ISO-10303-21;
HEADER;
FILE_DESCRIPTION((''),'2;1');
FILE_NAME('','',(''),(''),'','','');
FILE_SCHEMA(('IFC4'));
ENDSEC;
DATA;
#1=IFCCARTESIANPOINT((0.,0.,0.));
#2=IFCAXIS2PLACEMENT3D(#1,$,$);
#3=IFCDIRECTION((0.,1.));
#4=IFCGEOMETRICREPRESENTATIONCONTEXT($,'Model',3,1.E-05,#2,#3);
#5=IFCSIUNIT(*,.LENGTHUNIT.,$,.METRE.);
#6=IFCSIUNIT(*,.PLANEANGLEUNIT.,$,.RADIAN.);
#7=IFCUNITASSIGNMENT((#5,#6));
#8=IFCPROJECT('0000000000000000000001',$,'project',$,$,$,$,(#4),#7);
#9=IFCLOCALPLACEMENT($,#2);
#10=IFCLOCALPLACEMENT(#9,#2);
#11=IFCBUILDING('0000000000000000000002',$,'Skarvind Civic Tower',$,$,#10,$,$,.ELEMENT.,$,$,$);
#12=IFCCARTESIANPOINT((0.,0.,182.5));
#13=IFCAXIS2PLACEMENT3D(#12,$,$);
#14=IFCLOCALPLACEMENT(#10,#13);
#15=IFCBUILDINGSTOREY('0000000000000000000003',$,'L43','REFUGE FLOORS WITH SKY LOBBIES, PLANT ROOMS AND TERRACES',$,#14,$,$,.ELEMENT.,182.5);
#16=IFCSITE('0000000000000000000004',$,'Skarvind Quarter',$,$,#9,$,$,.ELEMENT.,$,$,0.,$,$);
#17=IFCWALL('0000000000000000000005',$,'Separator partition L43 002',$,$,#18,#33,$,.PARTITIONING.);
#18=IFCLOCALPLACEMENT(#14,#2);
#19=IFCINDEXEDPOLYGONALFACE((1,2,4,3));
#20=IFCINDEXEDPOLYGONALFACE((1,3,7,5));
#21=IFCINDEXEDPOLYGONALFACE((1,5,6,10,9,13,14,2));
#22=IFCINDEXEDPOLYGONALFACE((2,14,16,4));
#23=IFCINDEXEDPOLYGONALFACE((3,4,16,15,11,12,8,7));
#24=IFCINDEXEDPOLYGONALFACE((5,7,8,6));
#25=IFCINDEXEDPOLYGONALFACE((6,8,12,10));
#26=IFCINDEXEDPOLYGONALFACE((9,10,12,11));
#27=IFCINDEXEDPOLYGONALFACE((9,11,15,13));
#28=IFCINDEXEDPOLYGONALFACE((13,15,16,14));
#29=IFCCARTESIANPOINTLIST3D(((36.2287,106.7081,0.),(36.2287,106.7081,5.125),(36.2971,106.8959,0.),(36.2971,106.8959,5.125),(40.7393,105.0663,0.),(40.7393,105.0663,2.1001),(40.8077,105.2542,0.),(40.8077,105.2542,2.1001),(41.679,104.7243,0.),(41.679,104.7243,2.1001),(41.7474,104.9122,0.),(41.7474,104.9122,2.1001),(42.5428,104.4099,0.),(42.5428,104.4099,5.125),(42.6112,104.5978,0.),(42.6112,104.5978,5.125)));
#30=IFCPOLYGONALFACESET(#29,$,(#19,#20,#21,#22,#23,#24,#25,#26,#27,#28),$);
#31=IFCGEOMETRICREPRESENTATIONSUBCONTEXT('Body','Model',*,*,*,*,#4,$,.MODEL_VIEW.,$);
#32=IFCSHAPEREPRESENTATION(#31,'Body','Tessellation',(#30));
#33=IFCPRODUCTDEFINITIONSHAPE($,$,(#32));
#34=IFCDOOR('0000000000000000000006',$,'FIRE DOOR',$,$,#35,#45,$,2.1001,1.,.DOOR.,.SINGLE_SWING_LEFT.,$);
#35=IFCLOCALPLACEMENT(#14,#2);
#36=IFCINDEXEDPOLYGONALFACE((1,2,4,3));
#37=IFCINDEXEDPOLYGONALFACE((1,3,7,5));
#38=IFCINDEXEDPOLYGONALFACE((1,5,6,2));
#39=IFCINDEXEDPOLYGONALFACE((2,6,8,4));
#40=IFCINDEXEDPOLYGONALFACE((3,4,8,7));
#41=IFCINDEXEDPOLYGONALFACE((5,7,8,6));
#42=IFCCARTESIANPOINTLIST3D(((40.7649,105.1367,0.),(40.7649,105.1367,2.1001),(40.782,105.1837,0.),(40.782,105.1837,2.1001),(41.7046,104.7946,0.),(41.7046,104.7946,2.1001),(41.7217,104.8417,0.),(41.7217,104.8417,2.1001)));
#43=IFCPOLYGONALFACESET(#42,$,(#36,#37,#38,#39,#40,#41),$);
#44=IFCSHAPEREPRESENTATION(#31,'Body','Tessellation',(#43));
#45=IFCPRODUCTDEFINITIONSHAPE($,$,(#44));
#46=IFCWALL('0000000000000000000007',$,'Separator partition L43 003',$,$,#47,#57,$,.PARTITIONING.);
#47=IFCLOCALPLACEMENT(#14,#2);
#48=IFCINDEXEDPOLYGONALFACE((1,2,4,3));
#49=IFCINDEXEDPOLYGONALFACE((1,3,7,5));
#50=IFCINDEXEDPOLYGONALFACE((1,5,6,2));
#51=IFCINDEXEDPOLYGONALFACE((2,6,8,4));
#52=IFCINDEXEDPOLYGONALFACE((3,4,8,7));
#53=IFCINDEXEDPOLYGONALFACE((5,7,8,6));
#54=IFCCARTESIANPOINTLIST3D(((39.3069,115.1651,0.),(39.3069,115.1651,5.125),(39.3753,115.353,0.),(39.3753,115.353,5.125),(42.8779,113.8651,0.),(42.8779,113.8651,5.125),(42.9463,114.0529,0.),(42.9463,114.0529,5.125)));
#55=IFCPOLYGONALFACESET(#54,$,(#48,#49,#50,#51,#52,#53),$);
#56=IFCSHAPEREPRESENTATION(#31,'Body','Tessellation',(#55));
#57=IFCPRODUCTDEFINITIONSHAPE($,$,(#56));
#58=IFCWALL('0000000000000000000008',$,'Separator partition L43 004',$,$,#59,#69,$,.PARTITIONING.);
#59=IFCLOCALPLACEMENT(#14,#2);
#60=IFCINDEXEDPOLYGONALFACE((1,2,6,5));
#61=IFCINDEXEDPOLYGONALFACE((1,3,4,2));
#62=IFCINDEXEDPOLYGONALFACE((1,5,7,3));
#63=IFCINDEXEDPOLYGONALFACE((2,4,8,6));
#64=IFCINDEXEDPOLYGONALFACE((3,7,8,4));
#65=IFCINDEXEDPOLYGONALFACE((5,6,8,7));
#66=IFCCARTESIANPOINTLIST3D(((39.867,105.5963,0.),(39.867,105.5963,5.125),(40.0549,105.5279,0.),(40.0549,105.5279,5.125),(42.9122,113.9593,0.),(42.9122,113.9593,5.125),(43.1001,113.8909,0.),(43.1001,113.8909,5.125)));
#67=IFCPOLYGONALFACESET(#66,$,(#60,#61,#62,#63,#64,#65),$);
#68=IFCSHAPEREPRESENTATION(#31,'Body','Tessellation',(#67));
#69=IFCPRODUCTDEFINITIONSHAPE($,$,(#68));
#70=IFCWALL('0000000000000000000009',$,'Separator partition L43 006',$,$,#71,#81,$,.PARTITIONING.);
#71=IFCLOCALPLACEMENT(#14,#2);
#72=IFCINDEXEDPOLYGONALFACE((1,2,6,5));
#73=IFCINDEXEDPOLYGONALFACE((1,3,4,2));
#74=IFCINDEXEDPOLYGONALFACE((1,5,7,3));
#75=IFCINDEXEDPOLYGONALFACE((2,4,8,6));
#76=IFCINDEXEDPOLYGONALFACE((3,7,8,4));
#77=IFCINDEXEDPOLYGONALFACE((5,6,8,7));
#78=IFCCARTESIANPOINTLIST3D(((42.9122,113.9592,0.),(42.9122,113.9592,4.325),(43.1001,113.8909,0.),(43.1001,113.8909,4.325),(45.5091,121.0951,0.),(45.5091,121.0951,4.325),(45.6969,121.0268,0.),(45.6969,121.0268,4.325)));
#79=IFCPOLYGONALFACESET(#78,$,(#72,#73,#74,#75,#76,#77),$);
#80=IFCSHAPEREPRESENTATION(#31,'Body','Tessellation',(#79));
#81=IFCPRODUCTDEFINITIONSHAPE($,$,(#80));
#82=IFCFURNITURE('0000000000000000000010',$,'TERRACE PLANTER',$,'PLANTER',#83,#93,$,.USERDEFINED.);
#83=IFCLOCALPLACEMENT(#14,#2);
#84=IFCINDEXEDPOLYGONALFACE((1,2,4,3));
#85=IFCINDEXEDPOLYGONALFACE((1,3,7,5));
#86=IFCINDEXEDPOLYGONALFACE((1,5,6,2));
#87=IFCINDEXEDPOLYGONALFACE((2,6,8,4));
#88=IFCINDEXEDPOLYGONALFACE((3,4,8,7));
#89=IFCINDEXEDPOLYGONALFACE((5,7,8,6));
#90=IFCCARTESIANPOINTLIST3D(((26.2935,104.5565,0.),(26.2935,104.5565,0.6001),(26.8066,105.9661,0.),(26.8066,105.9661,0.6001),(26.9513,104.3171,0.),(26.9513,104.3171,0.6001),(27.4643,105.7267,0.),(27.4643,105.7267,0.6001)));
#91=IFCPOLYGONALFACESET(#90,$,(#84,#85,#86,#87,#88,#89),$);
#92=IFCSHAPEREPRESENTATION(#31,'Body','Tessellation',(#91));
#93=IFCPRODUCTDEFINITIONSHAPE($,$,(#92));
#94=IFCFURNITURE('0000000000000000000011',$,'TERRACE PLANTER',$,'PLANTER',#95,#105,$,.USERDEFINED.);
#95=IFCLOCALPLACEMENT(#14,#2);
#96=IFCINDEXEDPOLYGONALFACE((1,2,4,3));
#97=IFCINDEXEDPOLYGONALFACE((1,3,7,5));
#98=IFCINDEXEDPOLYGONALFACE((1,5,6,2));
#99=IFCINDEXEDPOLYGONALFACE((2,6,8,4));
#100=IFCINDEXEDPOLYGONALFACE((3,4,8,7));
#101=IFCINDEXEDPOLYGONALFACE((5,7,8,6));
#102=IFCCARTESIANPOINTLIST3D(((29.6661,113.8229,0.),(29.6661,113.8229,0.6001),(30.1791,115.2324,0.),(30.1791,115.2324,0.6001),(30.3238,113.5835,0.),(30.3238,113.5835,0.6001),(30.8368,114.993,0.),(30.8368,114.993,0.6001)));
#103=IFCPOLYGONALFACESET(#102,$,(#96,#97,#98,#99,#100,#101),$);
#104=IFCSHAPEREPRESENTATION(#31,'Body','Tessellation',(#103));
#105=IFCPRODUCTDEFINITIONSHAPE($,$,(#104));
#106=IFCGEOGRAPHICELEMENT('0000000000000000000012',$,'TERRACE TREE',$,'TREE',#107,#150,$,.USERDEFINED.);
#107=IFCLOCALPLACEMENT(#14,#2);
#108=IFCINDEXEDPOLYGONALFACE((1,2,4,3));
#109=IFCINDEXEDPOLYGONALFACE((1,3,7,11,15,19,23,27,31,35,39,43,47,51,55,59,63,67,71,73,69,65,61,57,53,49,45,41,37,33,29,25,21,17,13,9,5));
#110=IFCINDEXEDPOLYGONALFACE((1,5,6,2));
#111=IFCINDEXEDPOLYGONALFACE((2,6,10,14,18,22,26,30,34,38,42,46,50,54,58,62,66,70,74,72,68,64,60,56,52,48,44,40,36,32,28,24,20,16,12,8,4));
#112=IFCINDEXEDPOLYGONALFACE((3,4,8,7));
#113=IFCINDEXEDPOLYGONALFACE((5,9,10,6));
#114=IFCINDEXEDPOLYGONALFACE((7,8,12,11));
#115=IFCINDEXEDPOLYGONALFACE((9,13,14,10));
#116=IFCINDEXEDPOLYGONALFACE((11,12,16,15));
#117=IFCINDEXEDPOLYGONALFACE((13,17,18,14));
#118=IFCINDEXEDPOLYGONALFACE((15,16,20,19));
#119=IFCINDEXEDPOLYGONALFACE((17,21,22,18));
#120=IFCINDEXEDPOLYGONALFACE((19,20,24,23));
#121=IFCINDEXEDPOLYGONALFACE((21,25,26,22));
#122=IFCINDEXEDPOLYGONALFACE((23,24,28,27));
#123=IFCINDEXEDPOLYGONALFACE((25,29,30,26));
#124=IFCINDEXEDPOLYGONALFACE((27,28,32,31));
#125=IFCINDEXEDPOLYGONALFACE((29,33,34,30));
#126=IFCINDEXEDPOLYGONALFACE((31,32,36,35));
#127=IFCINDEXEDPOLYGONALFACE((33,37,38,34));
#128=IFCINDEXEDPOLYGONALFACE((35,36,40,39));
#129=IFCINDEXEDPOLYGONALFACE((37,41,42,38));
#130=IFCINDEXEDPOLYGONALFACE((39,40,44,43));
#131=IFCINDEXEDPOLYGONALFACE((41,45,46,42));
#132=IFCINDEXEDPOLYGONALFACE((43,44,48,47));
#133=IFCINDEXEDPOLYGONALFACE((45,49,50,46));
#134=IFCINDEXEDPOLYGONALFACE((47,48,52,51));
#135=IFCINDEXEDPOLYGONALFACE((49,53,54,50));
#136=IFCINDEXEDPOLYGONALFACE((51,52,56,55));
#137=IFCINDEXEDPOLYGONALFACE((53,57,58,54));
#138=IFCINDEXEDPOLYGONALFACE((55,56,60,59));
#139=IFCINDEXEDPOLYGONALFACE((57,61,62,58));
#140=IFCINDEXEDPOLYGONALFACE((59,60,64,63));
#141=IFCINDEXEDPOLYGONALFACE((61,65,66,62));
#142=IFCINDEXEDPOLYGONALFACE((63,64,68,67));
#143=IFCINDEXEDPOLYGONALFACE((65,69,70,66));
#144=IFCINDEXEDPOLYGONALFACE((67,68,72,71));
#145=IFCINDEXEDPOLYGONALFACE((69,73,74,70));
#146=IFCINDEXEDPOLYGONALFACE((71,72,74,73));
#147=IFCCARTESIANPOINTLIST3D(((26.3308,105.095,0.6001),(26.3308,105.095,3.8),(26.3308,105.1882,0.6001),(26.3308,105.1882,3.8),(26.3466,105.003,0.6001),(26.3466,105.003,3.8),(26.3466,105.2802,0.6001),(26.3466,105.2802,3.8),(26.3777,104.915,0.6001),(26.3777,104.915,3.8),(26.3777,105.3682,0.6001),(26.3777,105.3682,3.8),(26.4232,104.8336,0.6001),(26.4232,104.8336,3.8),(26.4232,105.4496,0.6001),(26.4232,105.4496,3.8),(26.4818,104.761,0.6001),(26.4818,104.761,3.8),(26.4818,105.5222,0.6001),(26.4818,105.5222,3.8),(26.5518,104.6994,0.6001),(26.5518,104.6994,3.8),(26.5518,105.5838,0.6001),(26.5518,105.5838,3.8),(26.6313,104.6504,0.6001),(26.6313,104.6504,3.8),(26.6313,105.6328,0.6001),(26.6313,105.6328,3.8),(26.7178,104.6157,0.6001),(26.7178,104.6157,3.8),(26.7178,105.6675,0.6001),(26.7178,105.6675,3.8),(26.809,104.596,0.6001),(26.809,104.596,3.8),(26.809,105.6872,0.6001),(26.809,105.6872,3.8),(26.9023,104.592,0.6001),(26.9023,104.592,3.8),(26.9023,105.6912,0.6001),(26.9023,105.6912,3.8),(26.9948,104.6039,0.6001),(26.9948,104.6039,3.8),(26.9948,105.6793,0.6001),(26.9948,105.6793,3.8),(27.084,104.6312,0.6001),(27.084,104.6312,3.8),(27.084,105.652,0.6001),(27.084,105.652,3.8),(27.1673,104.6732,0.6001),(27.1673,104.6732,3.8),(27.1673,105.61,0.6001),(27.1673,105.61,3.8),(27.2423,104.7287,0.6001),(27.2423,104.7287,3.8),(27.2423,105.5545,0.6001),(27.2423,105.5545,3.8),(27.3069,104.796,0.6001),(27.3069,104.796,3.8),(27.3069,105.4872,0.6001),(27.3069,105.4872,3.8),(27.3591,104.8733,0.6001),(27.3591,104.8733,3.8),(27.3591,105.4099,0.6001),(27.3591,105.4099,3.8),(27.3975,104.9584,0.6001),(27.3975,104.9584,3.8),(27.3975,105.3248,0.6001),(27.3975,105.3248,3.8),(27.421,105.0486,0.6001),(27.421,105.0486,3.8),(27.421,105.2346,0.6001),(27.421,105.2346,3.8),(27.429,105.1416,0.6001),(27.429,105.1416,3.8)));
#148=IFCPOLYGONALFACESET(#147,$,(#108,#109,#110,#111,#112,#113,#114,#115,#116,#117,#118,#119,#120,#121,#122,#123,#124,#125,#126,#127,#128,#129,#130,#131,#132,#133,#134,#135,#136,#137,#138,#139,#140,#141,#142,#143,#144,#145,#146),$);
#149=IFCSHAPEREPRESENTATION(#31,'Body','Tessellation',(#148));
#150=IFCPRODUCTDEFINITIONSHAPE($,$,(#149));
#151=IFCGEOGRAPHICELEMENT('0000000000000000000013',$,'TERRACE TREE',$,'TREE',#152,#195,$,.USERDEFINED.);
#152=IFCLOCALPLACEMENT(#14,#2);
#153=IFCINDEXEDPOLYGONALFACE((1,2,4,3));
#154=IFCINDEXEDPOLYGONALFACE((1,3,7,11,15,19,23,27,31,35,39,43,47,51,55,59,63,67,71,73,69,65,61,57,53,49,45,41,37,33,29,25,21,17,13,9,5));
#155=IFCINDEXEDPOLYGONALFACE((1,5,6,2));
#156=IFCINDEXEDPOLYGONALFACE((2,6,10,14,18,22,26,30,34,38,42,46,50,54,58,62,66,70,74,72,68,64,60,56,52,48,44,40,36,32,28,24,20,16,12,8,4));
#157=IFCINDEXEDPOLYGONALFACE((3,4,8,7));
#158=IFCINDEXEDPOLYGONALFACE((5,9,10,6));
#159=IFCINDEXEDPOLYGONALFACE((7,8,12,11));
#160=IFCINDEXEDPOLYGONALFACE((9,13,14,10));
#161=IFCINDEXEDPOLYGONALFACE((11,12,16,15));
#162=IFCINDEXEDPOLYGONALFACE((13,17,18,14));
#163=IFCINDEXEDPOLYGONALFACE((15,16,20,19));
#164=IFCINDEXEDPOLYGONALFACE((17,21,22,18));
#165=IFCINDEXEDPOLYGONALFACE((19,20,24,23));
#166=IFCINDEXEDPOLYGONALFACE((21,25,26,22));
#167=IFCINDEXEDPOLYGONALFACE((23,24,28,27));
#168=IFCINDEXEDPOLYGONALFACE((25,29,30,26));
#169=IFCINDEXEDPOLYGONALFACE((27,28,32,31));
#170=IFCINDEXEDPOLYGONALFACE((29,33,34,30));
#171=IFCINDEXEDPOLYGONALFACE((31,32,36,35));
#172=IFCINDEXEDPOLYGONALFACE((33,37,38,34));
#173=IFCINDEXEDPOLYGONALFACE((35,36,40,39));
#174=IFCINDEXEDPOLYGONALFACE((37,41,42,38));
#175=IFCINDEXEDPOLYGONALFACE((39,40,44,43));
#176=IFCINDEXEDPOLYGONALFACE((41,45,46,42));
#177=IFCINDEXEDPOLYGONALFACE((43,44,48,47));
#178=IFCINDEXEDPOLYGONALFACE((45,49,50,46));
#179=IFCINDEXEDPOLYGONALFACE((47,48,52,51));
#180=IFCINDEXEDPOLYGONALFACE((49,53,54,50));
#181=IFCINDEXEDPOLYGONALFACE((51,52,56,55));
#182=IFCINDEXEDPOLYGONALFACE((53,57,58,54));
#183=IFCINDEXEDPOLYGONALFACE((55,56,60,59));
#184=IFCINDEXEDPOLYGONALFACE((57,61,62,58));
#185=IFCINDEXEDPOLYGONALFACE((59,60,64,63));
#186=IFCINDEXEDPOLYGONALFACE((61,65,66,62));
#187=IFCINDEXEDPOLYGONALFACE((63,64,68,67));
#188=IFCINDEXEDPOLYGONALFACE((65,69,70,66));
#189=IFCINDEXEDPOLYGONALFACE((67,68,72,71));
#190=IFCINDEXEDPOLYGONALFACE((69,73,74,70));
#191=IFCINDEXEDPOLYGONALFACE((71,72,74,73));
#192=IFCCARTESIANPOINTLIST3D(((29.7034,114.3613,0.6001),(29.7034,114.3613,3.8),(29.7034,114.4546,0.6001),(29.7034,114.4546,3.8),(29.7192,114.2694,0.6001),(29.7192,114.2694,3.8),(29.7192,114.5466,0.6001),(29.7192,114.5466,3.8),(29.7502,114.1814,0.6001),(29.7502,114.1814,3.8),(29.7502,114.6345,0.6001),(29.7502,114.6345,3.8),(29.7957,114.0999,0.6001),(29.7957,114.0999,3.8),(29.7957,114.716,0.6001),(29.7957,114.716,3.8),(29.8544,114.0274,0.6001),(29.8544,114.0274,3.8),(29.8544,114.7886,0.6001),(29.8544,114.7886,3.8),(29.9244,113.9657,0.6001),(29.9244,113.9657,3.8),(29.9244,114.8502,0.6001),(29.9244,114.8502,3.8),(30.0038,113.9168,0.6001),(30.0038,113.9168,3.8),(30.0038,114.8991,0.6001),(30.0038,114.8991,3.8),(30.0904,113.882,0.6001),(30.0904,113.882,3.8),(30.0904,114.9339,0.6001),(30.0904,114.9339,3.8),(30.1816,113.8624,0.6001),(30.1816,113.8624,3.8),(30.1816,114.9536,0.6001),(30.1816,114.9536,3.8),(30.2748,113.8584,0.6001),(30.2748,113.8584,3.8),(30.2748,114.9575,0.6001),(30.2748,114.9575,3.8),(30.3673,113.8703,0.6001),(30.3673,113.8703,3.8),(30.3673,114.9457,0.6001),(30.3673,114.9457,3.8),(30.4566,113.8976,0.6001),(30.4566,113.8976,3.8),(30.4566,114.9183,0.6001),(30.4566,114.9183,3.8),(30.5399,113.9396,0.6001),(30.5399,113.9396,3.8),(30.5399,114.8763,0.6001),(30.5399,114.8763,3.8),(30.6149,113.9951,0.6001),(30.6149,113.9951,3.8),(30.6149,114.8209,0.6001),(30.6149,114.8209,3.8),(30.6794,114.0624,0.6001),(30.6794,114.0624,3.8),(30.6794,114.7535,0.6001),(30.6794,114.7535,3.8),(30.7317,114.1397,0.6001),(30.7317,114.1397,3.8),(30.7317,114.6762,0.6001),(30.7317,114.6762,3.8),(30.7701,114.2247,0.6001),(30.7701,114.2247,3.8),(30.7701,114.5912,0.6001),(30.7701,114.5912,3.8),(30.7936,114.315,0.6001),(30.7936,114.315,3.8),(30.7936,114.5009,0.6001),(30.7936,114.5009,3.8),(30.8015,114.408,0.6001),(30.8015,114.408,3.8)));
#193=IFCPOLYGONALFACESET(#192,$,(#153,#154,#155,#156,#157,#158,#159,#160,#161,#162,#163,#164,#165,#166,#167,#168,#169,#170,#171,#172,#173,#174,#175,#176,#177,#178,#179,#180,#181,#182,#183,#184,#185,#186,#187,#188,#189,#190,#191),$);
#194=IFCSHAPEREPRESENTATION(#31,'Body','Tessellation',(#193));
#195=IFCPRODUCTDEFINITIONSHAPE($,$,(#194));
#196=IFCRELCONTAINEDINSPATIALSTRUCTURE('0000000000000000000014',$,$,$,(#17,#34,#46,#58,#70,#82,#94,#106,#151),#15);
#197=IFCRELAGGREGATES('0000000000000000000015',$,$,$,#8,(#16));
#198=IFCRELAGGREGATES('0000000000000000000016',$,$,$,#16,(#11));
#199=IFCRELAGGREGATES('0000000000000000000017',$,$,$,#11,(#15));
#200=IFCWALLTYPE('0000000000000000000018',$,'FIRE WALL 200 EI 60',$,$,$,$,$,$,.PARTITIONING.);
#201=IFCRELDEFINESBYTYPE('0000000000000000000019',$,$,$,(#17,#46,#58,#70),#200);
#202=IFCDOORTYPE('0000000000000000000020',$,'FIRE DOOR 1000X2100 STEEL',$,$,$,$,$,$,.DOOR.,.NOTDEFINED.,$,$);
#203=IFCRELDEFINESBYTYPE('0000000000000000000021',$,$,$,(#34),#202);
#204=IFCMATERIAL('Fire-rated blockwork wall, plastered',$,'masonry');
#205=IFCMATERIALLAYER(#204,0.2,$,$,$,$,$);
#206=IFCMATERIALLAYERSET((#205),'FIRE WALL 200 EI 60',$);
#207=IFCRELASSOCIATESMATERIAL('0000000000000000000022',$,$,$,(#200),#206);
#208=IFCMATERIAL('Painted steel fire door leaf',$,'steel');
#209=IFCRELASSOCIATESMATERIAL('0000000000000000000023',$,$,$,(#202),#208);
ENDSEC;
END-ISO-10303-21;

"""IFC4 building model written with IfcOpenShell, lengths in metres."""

from ifc_helpers import new_model, si_unit, direction, frame, frame_2d, origin, origin_2d, place, context, subcontext, project, spatial, rectangle, circle, extrude, material, layer, layer_set, type_object, element, fill, save


model = new_model("IFC4")

# Units and contexts
model_context = context("Model", 3, precision=1e-05, world=origin(), true_north=direction((0.0, 1.0)))
body_context = subcontext(model_context, "Body", "Model", "MODEL_VIEW")
ifc_project = project(units=[si_unit("LENGTHUNIT", "METRE"), si_unit("PLANEANGLEUNIT", "RADIAN")], contexts=[model_context])

# Site, building, storey
site_placement = place(None, origin())
site = spatial("IfcSite", under=ifc_project, at=site_placement, Name="Skarvind Quarter", CompositionType="ELEMENT", RefElevation=0.0)
building_placement = place(site_placement, origin())
building = spatial("IfcBuilding", under=site, at=building_placement, Name="Skarvind Civic Tower", CompositionType="ELEMENT")
storey_placement = place(building_placement, frame((0.0, 0.0, 182.5)))
storey = spatial("IfcBuildingStorey", under=building, at=storey_placement, Name="L43", Description="REFUGE FLOORS WITH SKY LOBBIES, PLANT ROOMS AND TERRACES", CompositionType="ELEMENT", Elevation=182.5)

# Wall, opening, door
ifc_material_1 = material(Name="Fire-rated blockwork wall, plastered", Category="masonry")
ifc_layer_1 = layer(ifc_material_1, 0.2)
ifc_layer_set_1 = layer_set([ifc_layer_1], Name="FIRE WALL 200 EI 60")
wall_type_1 = type_object("IfcWallType", Name="FIRE WALL 200 EI 60", PredefinedType="PARTITIONING", material=ifc_layer_set_1)
wall_1_placement = place(storey_placement, frame((36.2629, 106.802, 0.0), z_axis=(0.0, 0.0, 1.0), x_axis=(0.939693, -0.34202, 0.0)))
wall_1 = element("IfcWall", 1, at=wall_1_placement, inside=storey, type_object=wall_type_1, Name="Separator partition L43 002", PredefinedType="PARTITIONING", context=body_context, shape_type="SweptSolid", body=[
    extrude(rectangle(XDim=6.7192, YDim=0.2, at=frame_2d((3.3596, 0.0))), origin(), (0.0, 0.0, 1.0), 5.125),
])
opening_1_placement = place(wall_1_placement, frame((4.8, 0.0, 0.0)))
opening_1 = element("IfcOpeningElement", 2, at=opening_1_placement, cuts=wall_1, PredefinedType="OPENING", context=body_context, shape_type="SweptSolid", body=[
    extrude(rectangle(XDim=1.0, YDim=2.1001, at=frame_2d((0.5, 1.05))), frame((0.0, 0.1099, 0.0), z_axis=(0.0, -1.0, 0.0), x_axis=(1.0, 0.0, 0.0)), (0.0, 0.0, 1.0), 0.22),
])
ifc_material_2 = material(Name="Painted steel fire door leaf", Category="steel")
door_type_1 = type_object("IfcDoorType", Name="FIRE DOOR 1000X2100 STEEL", OperationType="NOTDEFINED", PredefinedType="DOOR", material=ifc_material_2)
door_1_placement = place(opening_1_placement, origin())
door_1 = element("IfcDoor", 3, at=door_1_placement, inside=storey, type_object=door_type_1, Name="FIRE DOOR", OperationType="SINGLE_SWING_LEFT", OverallHeight=2.1001, OverallWidth=1.0, PredefinedType="DOOR", context=body_context, shape_type="SweptSolid", body=[
    extrude(rectangle(XDim=1.0, YDim=2.1001, at=frame_2d((0.5, 1.05))), frame((0.0, 0.0249, 0.0), z_axis=(0.0, -1.0, 0.0), x_axis=(1.0, 0.0, 0.0)), (0.0, 0.0, 1.0), 0.05),
])
fill(opening_1, door_1)

# Walls
wall_2_placement = place(storey_placement, frame((39.3411, 115.259, 0.0), z_axis=(0.0, 0.0, 1.0), x_axis=(0.939668, -0.342089, 0.0)))
element("IfcWall", 4, at=wall_2_placement, inside=storey, type_object=wall_type_1, Name="Separator partition L43 003", PredefinedType="PARTITIONING", context=body_context, shape_type="SweptSolid", body=[
    extrude(rectangle(XDim=3.8003, YDim=0.2, at=frame_2d((1.9001, 0.0))), origin(), (0.0, 0.0, 1.0), 5.125),
])
wall_3_placement = place(storey_placement, frame((39.9609, 105.562, 0.0), z_axis=(0.0, 0.0, 1.0), x_axis=(0.342146, 0.939647, 0.0)))
element("IfcWall", 5, at=wall_3_placement, inside=storey, type_object=wall_type_1, Name="Separator partition L43 004", PredefinedType="PARTITIONING", context=body_context, shape_type="SweptSolid", body=[
    extrude(rectangle(XDim=8.9001, YDim=0.2, at=frame_2d((4.4502, 0.0))), origin(), (0.0, 0.0, 1.0), 5.125),
])
wall_4_placement = place(storey_placement, frame((43.0061, 113.925, 0.0), z_axis=(0.0, 0.0, 1.0), x_axis=(0.341978, 0.939708, 0.0)))
element("IfcWall", 6, at=wall_4_placement, inside=storey, type_object=wall_type_1, Name="Separator partition L43 006", PredefinedType="PARTITIONING", context=body_context, shape_type="SweptSolid", body=[
    extrude(rectangle(XDim=7.5938, YDim=0.2, at=frame_2d((3.7969, 0.0))), origin(), (0.0, 0.0, 1.0), 4.325),
])

# Furniture
for number, where, z_axis, x_axis, name in (
    (7, (26.8789, 105.1416, 0.0), (0.0, 0.0, 1.0), (0.34202, 0.939693, 0.0), "TERRACE PLANTER"),
    (8, (30.2515, 114.408, 0.0), (0.0, 0.0, 1.0), (0.34202, 0.939693, 0.0), "TERRACE PLANTER"),
):
    element("IfcFurniture", number, at=place(storey_placement, frame(where, z_axis=z_axis, x_axis=x_axis)), inside=storey, Name=name, ObjectType="PLANTER", PredefinedType="USERDEFINED", context=body_context, shape_type="SweptSolid", body=[
        extrude(rectangle(XDim=1.5, YDim=0.7, at=origin_2d()), origin(), (0.0, 0.0, 1.0), 0.6001),
    ])

# Geographic elements
for number, where, z_axis, x_axis, name in (
    (9, (26.8789, 105.1416, 0.6001), (0.0, 0.0, 1.0), (1.0, 0.0, 0.0), "TERRACE TREE"),
    (10, (30.2515, 114.408, 0.6001), (0.0, 0.0, 1.0), (1.0, 0.0, 0.0), "TERRACE TREE"),
):
    element("IfcGeographicElement", number, at=place(storey_placement, frame(where, z_axis=z_axis, x_axis=x_axis)), inside=storey, Name=name, ObjectType="TREE", PredefinedType="USERDEFINED", context=body_context, shape_type="SweptSolid", body=[
        extrude(circle(Radius=0.55, at=origin_2d()), origin(), (0.0, 0.0, 1.0), 3.2),
    ])

save(model, "model.ifc")
